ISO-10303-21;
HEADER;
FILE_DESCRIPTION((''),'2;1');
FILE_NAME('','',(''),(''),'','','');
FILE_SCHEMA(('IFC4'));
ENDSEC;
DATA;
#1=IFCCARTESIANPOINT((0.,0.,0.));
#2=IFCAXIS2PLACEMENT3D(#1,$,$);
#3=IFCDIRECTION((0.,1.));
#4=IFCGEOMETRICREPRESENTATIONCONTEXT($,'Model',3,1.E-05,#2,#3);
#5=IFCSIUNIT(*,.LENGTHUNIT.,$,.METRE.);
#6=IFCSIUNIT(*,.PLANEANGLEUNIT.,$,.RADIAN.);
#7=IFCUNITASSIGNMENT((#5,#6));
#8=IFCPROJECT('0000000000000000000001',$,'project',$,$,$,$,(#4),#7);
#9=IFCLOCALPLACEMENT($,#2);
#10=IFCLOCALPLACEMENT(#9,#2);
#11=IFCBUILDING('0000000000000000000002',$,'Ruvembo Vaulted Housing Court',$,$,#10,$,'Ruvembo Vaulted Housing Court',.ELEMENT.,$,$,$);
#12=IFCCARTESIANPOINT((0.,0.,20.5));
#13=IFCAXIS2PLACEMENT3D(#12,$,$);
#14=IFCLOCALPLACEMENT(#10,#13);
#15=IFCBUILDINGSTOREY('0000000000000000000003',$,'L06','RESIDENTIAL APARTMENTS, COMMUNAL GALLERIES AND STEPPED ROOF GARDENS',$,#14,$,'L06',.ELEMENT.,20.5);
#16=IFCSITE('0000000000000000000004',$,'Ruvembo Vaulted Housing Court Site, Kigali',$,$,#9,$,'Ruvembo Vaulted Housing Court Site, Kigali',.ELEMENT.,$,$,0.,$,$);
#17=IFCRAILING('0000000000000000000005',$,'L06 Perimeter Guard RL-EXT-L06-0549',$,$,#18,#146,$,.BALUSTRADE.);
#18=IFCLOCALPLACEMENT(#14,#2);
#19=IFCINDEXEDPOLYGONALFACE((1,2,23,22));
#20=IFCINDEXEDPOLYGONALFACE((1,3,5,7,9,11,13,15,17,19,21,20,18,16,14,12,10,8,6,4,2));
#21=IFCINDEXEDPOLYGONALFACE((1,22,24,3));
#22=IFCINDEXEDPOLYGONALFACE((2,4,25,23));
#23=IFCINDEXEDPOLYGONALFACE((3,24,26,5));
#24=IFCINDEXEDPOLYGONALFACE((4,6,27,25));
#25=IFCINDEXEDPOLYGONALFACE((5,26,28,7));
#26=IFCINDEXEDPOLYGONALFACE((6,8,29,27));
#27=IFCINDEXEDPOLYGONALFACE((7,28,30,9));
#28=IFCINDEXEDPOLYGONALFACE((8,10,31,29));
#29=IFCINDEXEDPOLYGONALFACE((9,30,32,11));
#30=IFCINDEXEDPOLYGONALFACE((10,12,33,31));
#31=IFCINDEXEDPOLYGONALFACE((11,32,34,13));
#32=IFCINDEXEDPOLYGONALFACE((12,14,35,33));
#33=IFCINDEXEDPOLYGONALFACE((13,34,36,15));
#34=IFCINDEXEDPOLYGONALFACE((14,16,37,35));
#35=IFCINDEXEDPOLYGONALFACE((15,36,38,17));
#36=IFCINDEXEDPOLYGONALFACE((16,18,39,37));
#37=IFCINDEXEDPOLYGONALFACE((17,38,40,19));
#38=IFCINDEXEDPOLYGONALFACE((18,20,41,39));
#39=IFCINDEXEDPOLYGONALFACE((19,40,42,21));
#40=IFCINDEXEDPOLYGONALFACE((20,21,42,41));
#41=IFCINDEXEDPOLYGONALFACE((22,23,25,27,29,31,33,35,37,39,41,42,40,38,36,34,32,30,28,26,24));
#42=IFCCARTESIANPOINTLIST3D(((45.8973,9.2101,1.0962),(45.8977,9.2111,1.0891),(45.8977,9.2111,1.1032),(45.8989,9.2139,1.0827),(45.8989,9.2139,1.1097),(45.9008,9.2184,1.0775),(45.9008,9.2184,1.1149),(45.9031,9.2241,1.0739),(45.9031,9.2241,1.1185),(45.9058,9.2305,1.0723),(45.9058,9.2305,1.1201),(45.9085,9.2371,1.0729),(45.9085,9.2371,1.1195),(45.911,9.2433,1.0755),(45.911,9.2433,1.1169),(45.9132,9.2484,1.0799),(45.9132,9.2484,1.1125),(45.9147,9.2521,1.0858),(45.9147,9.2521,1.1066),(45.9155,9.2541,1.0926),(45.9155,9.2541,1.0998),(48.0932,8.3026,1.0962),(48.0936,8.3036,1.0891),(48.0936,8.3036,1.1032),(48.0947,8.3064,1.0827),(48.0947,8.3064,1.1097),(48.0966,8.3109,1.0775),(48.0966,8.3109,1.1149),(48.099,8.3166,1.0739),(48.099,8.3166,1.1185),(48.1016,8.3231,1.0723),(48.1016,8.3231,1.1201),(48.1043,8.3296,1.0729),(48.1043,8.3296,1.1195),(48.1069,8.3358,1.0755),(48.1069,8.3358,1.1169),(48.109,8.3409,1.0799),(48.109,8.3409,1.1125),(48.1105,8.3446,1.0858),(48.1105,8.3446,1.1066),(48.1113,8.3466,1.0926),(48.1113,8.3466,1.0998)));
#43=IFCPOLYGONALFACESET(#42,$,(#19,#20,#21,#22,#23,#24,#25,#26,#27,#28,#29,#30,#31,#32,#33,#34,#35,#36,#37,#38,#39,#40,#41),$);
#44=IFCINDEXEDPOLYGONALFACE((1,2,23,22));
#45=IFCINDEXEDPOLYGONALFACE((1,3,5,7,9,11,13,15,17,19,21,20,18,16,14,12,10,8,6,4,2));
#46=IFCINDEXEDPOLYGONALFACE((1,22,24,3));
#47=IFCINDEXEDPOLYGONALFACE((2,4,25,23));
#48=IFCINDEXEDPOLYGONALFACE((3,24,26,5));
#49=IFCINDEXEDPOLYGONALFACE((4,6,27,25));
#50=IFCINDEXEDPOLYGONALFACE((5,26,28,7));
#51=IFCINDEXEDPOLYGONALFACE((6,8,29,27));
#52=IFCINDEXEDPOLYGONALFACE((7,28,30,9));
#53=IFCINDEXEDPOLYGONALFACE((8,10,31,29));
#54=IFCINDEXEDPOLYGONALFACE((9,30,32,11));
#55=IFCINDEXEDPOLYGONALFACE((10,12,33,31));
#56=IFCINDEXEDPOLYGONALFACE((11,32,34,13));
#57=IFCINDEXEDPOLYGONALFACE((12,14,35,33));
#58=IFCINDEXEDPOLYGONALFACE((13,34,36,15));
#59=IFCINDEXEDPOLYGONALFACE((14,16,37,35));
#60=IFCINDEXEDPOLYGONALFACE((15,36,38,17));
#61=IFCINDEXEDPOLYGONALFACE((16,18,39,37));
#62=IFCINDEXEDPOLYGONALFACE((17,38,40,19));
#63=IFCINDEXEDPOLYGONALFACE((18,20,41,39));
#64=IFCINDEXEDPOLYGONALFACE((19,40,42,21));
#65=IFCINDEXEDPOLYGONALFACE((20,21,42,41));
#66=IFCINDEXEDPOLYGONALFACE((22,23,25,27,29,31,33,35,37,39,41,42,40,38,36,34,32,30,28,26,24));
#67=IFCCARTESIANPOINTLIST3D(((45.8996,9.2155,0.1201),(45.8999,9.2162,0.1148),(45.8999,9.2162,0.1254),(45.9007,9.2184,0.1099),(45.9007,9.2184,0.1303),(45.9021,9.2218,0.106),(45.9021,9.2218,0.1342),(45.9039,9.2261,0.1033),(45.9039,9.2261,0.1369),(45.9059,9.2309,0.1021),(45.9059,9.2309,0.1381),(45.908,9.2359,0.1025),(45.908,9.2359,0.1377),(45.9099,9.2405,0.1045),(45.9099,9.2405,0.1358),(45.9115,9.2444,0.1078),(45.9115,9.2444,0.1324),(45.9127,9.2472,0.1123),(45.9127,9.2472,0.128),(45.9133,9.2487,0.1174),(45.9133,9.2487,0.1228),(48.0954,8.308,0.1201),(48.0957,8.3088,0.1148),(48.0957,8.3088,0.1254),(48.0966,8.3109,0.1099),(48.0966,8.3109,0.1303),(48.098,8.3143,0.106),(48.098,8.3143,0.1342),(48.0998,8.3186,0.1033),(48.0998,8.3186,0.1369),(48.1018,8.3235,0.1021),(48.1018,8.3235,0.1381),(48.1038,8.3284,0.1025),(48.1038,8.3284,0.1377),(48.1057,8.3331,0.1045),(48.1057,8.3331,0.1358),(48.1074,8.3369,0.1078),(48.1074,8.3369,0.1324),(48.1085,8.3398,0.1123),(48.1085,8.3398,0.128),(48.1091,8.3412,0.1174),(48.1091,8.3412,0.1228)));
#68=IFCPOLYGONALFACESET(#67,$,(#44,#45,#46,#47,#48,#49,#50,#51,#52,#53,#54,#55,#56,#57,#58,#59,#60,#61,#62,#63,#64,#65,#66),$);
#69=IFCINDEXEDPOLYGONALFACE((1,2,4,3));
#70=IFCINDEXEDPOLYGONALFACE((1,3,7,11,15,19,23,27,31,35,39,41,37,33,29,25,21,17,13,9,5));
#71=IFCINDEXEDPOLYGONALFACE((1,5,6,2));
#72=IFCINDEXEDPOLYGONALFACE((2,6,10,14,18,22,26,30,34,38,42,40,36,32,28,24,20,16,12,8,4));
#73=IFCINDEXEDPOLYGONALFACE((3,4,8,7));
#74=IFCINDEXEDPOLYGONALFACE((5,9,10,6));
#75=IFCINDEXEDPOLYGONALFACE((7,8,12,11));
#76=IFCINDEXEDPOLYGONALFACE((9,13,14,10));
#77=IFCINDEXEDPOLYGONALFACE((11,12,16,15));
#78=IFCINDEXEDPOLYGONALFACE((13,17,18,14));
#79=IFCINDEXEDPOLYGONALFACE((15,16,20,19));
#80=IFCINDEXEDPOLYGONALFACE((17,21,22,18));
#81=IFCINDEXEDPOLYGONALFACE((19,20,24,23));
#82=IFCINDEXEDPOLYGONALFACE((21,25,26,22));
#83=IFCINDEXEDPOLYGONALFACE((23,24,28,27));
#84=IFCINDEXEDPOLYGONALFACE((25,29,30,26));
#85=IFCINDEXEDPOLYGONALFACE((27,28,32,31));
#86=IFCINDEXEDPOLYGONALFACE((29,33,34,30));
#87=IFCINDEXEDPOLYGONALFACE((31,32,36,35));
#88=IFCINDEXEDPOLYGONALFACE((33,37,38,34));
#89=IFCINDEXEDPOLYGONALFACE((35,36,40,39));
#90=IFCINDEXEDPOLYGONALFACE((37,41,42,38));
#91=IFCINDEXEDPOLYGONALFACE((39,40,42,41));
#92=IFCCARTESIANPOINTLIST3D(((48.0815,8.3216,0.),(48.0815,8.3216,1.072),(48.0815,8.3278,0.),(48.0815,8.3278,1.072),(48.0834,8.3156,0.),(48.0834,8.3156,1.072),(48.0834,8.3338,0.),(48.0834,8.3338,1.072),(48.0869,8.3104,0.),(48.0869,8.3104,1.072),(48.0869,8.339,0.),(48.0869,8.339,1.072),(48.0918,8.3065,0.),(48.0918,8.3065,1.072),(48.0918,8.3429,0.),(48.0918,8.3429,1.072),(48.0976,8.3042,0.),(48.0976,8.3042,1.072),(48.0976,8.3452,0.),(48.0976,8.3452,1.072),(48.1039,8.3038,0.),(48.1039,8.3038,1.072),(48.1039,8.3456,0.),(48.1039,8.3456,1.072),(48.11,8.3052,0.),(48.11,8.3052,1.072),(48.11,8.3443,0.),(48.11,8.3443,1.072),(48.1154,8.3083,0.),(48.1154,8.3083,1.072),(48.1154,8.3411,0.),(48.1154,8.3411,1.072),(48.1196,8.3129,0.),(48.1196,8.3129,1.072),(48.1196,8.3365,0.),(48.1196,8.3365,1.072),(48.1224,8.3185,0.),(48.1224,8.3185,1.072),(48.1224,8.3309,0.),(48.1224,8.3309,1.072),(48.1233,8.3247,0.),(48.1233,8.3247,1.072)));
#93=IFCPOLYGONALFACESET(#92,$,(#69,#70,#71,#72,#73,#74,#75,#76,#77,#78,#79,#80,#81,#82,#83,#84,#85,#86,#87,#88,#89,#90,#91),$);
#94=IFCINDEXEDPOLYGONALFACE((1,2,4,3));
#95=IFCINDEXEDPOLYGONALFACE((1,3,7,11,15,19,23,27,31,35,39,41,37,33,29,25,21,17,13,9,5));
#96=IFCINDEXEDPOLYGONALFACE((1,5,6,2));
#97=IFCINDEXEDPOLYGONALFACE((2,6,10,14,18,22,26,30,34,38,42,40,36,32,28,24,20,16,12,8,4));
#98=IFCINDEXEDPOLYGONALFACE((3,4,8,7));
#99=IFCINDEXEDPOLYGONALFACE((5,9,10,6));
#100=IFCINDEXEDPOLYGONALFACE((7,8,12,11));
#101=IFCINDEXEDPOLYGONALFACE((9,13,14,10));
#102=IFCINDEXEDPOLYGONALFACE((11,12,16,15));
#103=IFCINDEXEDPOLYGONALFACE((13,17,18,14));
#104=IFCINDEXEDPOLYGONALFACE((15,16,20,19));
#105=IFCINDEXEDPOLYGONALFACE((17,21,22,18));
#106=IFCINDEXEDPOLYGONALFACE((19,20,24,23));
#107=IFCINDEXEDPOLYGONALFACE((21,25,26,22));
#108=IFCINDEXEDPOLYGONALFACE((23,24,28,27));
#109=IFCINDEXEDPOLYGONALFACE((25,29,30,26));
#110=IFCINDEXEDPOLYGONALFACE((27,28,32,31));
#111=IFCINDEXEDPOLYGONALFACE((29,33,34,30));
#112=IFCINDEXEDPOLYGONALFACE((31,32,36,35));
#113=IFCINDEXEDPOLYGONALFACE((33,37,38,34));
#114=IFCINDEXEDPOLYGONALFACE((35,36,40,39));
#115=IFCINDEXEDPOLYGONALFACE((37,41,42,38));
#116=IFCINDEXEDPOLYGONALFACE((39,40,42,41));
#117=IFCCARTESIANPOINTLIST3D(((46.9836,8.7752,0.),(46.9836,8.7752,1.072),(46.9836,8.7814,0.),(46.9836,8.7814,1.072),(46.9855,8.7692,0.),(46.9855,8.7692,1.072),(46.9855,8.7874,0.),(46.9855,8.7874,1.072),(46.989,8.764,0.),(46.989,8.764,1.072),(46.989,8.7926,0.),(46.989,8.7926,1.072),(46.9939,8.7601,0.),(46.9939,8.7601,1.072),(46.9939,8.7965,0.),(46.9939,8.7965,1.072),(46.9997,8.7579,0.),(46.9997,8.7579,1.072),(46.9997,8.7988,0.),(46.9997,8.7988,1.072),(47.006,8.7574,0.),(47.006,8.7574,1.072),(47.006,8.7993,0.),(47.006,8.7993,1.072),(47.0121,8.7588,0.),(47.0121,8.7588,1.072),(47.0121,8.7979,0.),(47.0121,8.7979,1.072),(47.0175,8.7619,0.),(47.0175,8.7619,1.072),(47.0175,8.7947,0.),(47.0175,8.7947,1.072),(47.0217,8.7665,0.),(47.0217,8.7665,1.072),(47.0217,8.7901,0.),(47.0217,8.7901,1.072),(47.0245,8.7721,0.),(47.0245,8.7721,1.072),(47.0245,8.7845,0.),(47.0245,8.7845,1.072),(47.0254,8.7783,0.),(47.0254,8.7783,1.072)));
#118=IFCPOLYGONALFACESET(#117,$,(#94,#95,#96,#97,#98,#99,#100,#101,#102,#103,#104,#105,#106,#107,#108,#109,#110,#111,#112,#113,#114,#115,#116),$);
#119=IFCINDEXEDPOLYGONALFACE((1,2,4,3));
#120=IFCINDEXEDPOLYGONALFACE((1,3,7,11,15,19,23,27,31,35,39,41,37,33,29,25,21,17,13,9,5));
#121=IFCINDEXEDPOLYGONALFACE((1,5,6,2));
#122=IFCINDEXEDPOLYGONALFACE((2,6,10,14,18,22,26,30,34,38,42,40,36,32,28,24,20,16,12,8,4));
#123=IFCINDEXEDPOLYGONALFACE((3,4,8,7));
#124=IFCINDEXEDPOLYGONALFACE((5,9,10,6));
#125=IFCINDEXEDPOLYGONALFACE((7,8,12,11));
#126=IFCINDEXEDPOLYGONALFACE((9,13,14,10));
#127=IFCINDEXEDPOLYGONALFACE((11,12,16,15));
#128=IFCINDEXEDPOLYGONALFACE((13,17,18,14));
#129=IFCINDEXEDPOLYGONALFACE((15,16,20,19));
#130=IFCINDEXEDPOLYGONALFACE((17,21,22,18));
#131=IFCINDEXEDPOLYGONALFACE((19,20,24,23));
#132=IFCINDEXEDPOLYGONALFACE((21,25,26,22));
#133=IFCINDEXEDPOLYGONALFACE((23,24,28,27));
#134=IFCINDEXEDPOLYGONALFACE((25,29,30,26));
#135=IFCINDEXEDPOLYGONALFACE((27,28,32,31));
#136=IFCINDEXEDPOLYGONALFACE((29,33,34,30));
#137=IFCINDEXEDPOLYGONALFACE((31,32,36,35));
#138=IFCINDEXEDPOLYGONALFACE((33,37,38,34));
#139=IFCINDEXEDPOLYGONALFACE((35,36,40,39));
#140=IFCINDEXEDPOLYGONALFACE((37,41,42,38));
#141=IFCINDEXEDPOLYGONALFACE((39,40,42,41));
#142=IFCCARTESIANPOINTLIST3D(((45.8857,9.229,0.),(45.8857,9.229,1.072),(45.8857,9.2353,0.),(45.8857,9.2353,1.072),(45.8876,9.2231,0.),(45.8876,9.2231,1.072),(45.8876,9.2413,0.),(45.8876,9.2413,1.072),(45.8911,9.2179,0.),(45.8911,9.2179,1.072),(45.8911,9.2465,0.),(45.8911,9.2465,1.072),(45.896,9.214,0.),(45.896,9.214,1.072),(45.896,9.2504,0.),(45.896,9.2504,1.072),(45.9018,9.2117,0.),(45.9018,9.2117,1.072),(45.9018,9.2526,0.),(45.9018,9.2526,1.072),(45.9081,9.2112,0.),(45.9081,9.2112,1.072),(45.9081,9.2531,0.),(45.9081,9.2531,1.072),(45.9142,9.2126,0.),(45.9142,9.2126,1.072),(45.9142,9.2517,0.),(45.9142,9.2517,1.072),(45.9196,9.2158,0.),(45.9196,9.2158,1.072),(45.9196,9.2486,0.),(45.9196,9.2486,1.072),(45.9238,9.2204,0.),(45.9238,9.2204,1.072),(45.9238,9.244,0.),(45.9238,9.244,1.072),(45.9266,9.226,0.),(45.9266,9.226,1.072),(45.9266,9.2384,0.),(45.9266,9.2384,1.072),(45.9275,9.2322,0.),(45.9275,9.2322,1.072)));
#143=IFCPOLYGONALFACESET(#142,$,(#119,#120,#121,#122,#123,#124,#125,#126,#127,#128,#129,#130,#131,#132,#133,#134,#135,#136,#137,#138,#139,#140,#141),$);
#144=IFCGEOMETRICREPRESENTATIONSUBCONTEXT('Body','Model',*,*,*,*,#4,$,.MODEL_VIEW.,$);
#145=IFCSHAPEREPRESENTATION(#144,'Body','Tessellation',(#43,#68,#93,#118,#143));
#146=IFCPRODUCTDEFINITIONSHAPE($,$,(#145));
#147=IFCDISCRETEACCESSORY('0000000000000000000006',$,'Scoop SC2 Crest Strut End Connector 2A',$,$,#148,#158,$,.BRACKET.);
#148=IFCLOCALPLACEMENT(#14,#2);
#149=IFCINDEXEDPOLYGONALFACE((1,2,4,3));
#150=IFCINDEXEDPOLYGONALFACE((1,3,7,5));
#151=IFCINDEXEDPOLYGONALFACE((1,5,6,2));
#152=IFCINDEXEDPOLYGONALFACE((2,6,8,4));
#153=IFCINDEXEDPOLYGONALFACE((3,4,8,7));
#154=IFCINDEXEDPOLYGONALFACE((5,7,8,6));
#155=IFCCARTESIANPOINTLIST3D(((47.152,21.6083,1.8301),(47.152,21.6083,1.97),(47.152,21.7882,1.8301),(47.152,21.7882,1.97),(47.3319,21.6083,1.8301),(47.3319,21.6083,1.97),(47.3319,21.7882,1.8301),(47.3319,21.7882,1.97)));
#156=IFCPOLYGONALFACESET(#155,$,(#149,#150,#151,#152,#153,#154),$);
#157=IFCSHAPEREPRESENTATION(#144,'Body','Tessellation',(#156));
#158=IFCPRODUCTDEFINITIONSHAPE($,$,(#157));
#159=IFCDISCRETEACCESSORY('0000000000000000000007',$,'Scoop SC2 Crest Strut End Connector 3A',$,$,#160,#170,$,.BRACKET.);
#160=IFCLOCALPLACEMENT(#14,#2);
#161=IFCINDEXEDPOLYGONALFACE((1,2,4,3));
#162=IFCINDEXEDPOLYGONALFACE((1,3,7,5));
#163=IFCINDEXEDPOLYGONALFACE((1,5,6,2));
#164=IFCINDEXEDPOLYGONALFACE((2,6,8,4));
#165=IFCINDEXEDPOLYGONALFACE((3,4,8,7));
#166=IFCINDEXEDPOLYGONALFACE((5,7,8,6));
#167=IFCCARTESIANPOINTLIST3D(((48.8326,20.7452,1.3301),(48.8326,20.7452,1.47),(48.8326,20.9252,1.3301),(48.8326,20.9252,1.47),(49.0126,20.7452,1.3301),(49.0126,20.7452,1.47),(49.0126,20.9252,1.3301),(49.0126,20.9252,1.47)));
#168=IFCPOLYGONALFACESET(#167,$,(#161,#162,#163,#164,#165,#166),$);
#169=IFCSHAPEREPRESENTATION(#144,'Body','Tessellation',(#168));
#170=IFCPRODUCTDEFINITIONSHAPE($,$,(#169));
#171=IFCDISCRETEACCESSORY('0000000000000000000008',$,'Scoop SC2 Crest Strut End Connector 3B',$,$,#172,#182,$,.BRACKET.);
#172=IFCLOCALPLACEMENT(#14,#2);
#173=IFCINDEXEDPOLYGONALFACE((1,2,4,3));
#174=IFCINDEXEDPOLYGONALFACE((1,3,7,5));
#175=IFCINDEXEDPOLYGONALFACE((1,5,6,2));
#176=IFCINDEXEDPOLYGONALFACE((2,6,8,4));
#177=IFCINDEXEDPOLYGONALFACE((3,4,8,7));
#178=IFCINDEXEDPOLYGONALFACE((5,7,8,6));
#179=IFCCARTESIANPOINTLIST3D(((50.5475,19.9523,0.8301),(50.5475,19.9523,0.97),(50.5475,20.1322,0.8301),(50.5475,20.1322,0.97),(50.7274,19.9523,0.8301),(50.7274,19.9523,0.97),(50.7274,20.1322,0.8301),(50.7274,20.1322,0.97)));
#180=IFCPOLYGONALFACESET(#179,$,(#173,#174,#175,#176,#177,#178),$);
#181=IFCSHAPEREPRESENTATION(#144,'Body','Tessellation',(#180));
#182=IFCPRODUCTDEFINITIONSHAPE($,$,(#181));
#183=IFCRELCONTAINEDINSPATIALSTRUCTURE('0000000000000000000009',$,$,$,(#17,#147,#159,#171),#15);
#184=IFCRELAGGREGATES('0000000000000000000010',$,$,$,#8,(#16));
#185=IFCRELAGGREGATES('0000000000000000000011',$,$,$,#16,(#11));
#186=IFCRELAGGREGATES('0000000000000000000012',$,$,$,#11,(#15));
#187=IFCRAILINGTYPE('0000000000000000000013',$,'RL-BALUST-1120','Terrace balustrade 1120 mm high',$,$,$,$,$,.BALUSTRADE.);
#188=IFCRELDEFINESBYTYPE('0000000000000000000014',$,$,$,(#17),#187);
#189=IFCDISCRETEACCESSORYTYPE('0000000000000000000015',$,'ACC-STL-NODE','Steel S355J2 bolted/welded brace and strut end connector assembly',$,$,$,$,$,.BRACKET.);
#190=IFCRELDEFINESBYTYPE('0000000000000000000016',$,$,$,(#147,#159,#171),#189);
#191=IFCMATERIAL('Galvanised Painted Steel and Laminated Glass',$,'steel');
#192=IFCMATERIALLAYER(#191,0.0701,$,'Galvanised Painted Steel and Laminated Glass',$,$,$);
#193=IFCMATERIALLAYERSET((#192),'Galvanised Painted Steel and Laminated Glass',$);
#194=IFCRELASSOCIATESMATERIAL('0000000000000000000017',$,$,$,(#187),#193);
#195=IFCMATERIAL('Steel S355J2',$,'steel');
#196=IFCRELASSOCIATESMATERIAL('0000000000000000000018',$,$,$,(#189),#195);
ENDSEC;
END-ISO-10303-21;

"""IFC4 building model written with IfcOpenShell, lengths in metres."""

from ifc_helpers import new_model, si_unit, direction, frame, origin, origin_2d, place, context, subcontext, project, spatial, rectangle, circle, extrude, material, layer, layer_set, type_object, element, save


model = new_model("IFC4")

# Units and contexts
model_context = context("Model", 3, precision=1e-05, world=origin(), true_north=direction((0.0, 1.0)))
body_context = subcontext(model_context, "Body", "Model", "MODEL_VIEW")
ifc_project = project(units=[si_unit("LENGTHUNIT", "METRE"), si_unit("PLANEANGLEUNIT", "RADIAN")], contexts=[model_context])

# Site, building, storey
site_placement = place(None, origin())
site = spatial("IfcSite", under=ifc_project, at=site_placement, Name="Ruvembo Vaulted Housing Court Site, Kigali", LongName="Ruvembo Vaulted Housing Court Site, Kigali", CompositionType="ELEMENT", RefElevation=0.0)
building_placement = place(site_placement, origin())
building = spatial("IfcBuilding", under=site, at=building_placement, Name="Ruvembo Vaulted Housing Court", LongName="Ruvembo Vaulted Housing Court", CompositionType="ELEMENT")
storey_placement = place(building_placement, frame((0.0, 0.0, 20.5)))
storey = spatial("IfcBuildingStorey", under=building, at=storey_placement, Name="L06", Description="RESIDENTIAL APARTMENTS, COMMUNAL GALLERIES AND STEPPED ROOF GARDENS", LongName="L06", CompositionType="ELEMENT", Elevation=20.5)

# Shared definitions
ifc_material_1 = material(Name="Steel S355J2", Category="steel")

# Railing
ifc_material_2 = material(Name="Galvanised Painted Steel and Laminated Glass", Category="steel")
ifc_layer = layer(ifc_material_2, 0.0701, Name="Galvanised Painted Steel and Laminated Glass")
ifc_layer_set = layer_set([ifc_layer], Name="Galvanised Painted Steel and Laminated Glass")
railing_type = type_object("IfcRailingType", Name="RL-BALUST-1120", Description="Terrace balustrade 1120 mm high", PredefinedType="BALUSTRADE", material=ifc_layer_set)
railing_1_placement = place(storey_placement, frame((48.1023, 8.3247, 0.0)))
element("IfcRailing", 1, at=railing_1_placement, inside=storey, type_object=railing_type, Name="L06 Perimeter Guard RL-EXT-L06-0549", PredefinedType="BALUSTRADE", context=body_context, shape_type="SweptSolid", body=[
    extrude(circle(Radius=0.0239, at=origin_2d()), frame((0.0, 0.0, 1.0962), z_axis=(-0.924186, 0.381943, 0.0), x_axis=(-0.381943, -0.924186, 0.0)), (0.0, 0.0, 1.0), 2.376),
    extrude(circle(Radius=0.0181, at=origin_2d()), frame((0.0, 0.0, 0.1201), z_axis=(-0.924186, 0.381943, 0.0), x_axis=(-0.381943, -0.924186, 0.0)), (0.0, 0.0, 1.0), 2.376),
    extrude(circle(Radius=0.021, at=origin_2d()), origin(), (0.0, 0.0, 1.0), 1.072),
    extrude(circle(Radius=0.021, at=origin_2d()), frame((-1.0979, 0.4536, 0.0)), (0.0, 0.0, 1.0), 1.072),
    extrude(circle(Radius=0.021, at=origin_2d()), frame((-2.1958, 0.9075, 0.0)), (0.0, 0.0, 1.0), 1.072),
])

# Discrete accessories
discrete_accessory_type = type_object("IfcDiscreteAccessoryType", Name="ACC-STL-NODE", Description="Steel S355J2 bolted/welded brace and strut end connector assembly", PredefinedType="BRACKET", material=ifc_material_1)
for number, where, z_axis, x_axis, name in (
    (2, (47.2419, 21.6982, 1.8301), (0.0, 0.0, 1.0), (1.0, 0.0, 0.0), "Scoop SC2 Crest Strut End Connector 2A"),
    (3, (48.9226, 20.8352, 1.3301), (0.0, 0.0, 1.0), (1.0, 0.0, 0.0), "Scoop SC2 Crest Strut End Connector 3A"),
    (4, (50.6375, 20.0422, 0.8301), (0.0, 0.0, 1.0), (1.0, 0.0, 0.0), "Scoop SC2 Crest Strut End Connector 3B"),
):
    element("IfcDiscreteAccessory", number, at=place(storey_placement, frame(where, z_axis=z_axis, x_axis=x_axis)), inside=storey, type_object=discrete_accessory_type, Name=name, PredefinedType="BRACKET", context=body_context, shape_type="SweptSolid", body=[
        extrude(rectangle(XDim=0.1799, YDim=0.1799, at=origin_2d()), origin(), (0.0, 0.0, 1.0), 0.1399),
    ])

save(model, "model.ifc")
